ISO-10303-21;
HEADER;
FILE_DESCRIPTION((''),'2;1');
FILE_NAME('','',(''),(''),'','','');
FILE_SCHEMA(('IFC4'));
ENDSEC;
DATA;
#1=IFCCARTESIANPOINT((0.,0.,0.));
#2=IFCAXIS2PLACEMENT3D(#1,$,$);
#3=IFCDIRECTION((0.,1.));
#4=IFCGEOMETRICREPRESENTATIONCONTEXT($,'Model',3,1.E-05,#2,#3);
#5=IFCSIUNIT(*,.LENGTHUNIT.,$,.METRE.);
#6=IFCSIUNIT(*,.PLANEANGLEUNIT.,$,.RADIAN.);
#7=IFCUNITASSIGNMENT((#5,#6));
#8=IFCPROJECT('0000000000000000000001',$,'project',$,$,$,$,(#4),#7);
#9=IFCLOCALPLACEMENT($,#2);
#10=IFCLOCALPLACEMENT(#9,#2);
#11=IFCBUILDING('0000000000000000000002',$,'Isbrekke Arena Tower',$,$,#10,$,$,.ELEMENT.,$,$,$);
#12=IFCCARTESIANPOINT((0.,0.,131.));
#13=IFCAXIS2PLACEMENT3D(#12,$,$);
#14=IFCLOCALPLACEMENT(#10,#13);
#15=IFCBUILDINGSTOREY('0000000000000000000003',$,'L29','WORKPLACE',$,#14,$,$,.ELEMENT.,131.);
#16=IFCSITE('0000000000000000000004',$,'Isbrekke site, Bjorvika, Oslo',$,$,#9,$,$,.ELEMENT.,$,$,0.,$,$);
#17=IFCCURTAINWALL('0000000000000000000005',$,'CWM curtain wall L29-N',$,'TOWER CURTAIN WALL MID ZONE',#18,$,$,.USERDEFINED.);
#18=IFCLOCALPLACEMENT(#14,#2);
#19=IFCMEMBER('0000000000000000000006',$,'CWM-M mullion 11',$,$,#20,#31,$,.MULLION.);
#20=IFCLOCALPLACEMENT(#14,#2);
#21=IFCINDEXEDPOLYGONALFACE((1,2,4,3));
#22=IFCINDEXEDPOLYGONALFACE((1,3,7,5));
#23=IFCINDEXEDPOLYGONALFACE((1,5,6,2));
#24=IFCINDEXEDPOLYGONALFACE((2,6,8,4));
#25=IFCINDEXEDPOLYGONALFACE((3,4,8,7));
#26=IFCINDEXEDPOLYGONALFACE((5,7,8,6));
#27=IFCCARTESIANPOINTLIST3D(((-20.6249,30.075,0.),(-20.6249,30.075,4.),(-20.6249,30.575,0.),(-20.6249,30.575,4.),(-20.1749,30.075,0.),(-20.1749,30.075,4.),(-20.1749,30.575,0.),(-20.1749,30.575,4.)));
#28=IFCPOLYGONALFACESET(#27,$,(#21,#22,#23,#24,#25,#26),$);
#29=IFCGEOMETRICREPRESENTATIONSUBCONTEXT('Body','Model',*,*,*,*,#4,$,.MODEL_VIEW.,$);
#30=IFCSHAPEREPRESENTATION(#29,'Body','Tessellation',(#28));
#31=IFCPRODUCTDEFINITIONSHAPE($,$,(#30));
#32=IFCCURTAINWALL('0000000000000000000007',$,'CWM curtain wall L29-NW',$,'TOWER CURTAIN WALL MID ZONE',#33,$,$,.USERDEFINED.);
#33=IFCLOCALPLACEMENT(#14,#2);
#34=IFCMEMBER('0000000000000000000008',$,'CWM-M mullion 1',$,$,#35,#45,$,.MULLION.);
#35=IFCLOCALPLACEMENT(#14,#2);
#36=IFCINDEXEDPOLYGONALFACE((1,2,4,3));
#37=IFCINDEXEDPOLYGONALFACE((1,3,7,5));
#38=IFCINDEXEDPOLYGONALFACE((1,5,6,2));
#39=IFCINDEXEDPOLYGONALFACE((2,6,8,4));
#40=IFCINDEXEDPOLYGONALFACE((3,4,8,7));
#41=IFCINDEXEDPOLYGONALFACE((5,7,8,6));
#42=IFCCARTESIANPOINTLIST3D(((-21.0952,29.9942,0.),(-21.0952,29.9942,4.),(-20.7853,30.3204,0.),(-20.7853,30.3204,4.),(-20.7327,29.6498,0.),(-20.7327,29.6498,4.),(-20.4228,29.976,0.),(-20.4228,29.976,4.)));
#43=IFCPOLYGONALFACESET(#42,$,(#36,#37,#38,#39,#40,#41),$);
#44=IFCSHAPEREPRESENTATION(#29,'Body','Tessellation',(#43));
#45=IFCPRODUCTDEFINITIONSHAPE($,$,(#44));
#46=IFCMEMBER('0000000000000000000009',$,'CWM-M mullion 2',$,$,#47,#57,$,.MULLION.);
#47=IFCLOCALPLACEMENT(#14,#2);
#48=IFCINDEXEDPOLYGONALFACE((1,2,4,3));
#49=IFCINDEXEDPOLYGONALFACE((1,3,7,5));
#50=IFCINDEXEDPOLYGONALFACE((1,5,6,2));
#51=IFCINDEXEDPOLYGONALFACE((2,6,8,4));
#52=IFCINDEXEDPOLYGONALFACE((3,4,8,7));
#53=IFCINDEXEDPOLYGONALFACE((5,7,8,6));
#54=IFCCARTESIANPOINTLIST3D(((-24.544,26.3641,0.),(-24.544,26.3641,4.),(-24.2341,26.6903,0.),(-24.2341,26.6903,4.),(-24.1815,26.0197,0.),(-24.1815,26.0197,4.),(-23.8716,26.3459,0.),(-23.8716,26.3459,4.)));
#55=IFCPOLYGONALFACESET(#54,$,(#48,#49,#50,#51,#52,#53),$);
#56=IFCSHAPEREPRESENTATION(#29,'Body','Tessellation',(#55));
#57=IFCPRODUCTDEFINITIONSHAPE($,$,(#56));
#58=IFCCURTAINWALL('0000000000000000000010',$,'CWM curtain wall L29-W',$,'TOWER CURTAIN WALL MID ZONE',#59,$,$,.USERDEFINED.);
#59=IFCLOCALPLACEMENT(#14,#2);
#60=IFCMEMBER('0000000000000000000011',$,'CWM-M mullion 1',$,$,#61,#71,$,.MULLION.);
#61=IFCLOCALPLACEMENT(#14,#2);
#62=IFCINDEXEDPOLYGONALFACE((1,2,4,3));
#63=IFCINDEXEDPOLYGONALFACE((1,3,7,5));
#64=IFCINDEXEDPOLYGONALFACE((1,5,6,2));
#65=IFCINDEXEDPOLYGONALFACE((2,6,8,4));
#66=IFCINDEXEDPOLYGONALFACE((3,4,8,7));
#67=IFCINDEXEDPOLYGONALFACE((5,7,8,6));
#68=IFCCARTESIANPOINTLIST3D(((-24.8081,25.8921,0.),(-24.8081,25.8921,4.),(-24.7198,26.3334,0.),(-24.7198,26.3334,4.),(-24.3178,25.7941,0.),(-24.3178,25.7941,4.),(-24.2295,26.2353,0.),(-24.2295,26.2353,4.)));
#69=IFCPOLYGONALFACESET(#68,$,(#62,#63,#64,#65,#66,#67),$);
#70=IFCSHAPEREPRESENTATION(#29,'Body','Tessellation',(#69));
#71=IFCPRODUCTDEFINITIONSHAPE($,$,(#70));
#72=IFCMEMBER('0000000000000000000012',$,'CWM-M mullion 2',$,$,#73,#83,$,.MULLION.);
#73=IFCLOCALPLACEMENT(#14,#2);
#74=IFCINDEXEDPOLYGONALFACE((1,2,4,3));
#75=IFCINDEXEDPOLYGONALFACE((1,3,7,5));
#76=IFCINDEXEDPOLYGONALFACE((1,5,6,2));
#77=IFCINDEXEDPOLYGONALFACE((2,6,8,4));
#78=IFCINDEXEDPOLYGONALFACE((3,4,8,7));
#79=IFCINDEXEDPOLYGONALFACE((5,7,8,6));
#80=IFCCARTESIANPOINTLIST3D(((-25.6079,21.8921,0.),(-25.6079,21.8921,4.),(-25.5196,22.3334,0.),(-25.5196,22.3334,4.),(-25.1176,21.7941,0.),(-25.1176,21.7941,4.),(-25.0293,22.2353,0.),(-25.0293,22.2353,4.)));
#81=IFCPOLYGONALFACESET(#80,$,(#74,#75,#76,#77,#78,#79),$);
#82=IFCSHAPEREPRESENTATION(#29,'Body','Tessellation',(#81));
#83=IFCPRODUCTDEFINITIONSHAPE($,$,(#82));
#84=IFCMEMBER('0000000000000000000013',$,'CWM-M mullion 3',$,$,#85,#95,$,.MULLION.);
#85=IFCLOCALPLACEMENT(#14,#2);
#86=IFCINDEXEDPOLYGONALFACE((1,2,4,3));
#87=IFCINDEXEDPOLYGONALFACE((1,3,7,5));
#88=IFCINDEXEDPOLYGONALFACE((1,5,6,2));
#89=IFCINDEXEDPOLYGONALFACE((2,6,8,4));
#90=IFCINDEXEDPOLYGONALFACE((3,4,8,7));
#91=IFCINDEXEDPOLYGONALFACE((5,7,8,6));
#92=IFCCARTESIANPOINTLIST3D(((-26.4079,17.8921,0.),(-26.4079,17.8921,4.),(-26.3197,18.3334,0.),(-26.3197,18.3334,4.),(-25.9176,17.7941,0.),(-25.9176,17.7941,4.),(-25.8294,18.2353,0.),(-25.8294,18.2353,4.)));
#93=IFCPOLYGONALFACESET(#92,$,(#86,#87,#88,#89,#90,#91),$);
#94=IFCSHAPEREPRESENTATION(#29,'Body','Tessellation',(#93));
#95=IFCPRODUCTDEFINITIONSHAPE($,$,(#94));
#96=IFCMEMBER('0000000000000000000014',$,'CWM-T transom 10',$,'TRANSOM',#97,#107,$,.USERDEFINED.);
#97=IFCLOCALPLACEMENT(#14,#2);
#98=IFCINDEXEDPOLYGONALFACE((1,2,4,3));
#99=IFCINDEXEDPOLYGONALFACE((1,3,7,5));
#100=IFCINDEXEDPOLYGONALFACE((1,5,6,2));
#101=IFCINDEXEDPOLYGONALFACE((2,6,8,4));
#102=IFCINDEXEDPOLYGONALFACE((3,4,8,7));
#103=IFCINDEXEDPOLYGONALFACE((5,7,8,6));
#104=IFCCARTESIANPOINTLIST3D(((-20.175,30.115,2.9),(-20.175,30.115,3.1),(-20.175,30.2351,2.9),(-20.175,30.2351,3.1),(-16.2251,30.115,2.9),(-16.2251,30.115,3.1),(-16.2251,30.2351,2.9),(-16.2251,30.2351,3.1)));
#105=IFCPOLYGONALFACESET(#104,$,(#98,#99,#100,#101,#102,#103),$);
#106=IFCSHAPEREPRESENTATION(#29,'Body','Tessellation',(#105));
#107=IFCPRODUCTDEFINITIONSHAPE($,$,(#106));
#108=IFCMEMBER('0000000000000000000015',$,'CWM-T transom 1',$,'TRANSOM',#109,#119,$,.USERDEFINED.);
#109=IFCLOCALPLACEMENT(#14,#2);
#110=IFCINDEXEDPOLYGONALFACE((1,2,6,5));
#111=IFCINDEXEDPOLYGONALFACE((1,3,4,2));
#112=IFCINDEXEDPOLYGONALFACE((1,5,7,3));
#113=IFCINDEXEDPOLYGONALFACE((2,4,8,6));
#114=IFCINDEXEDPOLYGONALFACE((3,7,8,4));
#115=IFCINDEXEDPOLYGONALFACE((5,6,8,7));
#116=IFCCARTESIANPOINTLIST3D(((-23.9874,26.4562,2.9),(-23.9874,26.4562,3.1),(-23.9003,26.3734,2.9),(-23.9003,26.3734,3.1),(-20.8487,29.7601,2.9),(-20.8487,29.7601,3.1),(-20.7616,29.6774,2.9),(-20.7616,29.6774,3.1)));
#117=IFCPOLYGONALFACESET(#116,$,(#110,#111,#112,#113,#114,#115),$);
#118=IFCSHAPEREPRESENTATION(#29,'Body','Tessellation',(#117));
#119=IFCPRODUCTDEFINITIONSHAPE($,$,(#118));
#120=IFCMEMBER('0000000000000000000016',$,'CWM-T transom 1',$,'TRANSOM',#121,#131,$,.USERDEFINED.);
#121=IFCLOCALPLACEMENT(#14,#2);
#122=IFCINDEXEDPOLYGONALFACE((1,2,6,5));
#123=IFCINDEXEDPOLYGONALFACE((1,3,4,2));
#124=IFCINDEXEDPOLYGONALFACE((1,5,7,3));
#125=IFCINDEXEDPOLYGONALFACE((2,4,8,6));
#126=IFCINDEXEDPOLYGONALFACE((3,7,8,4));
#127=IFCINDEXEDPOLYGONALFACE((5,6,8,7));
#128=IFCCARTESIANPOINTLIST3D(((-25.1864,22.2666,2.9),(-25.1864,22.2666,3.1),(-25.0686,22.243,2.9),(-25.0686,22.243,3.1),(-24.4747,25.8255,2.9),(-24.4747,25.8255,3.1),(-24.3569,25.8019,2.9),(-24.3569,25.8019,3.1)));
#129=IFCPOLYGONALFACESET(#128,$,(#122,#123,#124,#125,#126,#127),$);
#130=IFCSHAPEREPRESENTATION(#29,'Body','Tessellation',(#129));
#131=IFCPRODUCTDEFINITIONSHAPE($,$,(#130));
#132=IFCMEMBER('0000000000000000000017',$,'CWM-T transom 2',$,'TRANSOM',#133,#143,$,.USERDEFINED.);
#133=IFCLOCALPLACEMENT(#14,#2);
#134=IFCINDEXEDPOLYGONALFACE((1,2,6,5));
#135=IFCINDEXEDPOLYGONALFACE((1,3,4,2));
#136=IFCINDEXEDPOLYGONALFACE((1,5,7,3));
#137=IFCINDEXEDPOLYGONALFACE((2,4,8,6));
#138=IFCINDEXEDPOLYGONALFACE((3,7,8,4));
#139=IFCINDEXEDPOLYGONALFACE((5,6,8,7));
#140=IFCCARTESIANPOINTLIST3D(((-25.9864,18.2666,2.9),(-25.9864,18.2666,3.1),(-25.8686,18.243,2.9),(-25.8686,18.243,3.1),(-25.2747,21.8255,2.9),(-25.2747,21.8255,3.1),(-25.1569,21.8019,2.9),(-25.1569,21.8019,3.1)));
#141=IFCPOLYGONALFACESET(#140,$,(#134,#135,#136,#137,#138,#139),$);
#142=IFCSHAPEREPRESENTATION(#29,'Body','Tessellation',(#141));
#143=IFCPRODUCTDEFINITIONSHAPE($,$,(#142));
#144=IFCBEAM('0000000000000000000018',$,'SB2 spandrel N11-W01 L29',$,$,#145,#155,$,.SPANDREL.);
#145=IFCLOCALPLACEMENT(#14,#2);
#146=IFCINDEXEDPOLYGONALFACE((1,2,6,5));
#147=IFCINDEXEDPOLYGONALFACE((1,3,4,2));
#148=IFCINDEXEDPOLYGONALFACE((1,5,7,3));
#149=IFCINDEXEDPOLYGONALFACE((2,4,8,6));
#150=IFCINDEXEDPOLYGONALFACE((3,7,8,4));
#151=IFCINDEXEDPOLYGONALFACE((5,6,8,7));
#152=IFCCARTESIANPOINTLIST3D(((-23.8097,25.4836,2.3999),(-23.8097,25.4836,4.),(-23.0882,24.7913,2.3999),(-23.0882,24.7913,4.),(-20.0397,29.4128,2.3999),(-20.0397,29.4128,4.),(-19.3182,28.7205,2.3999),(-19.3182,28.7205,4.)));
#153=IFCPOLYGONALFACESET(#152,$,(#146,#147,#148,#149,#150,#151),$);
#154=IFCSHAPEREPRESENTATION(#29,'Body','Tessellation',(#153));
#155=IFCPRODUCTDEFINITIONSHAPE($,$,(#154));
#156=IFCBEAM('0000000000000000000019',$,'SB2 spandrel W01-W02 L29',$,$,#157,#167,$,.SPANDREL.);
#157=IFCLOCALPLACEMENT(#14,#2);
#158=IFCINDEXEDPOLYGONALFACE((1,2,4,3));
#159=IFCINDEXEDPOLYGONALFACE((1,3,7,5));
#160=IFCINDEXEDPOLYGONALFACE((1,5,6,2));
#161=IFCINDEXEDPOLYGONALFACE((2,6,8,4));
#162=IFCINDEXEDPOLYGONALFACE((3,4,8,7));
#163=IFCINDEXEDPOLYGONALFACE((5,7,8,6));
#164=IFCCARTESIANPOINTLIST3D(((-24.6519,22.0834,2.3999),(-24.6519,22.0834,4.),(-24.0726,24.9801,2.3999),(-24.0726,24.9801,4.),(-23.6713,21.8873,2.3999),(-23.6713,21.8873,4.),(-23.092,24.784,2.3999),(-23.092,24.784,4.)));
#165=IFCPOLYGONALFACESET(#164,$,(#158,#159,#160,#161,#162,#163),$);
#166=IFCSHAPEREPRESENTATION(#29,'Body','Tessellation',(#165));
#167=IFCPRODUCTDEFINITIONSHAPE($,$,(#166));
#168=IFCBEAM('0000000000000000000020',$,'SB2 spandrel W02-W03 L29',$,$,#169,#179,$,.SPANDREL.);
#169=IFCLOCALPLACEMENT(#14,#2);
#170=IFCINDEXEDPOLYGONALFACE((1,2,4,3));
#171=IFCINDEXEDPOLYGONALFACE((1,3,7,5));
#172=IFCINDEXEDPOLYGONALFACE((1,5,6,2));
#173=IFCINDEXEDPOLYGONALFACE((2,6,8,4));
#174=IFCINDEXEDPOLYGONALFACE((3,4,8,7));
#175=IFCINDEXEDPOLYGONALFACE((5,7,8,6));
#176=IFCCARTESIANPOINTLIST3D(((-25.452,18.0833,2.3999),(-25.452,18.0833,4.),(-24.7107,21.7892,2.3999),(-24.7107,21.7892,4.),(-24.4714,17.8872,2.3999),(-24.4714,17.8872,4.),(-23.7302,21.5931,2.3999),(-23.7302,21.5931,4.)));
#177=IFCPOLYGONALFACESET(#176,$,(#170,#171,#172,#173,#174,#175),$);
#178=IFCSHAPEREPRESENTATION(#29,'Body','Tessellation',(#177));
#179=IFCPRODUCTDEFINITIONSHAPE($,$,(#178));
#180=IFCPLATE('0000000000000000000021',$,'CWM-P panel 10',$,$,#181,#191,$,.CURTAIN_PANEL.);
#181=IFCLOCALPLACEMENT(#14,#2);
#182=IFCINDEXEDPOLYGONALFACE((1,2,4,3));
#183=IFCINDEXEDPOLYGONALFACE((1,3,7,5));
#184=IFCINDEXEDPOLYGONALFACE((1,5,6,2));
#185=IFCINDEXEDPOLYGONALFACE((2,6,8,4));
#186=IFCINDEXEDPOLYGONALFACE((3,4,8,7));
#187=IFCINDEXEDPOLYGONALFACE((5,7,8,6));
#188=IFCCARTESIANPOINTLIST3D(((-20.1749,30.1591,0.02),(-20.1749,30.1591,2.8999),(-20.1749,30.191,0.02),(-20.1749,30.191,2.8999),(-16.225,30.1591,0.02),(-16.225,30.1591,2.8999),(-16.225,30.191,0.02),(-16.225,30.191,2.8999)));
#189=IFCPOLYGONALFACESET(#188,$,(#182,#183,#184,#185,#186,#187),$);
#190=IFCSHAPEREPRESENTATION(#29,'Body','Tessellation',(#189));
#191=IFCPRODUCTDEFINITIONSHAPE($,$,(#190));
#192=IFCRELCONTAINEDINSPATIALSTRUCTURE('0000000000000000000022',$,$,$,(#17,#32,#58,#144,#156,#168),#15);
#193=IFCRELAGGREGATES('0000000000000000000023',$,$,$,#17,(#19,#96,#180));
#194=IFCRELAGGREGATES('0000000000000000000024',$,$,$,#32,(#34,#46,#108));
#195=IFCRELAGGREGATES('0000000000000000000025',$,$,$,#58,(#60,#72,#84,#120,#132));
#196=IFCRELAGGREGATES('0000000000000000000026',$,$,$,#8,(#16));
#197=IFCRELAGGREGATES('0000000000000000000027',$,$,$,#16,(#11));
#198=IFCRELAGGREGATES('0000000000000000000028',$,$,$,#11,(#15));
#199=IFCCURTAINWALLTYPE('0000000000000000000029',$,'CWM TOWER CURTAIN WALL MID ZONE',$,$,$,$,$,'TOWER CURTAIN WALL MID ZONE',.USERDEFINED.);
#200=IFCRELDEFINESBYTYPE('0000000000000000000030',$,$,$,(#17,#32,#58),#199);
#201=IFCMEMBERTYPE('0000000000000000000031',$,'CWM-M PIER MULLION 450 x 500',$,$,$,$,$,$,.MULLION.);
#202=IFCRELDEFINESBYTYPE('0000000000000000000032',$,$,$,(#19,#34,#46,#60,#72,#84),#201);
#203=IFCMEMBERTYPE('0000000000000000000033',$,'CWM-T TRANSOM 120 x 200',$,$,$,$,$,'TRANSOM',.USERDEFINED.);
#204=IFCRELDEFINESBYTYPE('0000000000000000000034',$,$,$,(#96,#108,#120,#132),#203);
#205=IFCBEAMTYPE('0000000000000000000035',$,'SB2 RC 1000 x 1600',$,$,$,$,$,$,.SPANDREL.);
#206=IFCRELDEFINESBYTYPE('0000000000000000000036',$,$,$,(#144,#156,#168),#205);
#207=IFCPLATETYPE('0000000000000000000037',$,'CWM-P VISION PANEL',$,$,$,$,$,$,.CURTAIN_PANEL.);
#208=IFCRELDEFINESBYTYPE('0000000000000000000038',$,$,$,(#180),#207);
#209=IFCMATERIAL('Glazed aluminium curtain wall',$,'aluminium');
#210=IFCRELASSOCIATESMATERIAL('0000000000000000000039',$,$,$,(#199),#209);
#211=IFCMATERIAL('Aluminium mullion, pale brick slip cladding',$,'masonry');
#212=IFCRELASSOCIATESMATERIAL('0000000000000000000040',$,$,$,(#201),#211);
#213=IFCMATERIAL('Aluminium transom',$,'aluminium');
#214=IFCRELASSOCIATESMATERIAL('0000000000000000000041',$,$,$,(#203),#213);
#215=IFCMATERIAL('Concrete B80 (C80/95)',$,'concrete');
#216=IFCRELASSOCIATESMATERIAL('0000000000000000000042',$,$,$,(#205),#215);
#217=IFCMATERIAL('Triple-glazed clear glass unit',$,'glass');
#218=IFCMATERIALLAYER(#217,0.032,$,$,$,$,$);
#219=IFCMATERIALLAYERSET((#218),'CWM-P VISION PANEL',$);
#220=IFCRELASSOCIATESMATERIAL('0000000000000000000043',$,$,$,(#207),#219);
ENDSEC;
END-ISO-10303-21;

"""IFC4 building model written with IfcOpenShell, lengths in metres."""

from ifc_helpers import new_model, si_unit, direction, frame, origin, origin_2d, place, context, subcontext, project, spatial, rectangle, extrude, material, layer, layer_set, material_profile, profile_set, type_object, element, aggregate, save


model = new_model("IFC4")

# Units and contexts
model_context = context("Model", 3, precision=1e-05, world=origin(), true_north=direction((0.0, 1.0)))
body_context = subcontext(model_context, "Body", "Model", "MODEL_VIEW")
ifc_project = project(units=[si_unit("LENGTHUNIT", "METRE"), si_unit("PLANEANGLEUNIT", "RADIAN")], contexts=[model_context])

# Site, building, storey
site_placement = place(None, origin())
site = spatial("IfcSite", under=ifc_project, at=site_placement, Name="Isbrekke site, Bjorvika, Oslo", CompositionType="ELEMENT", RefElevation=0.0)
building_placement = place(site_placement, origin())
building = spatial("IfcBuilding", under=site, at=building_placement, Name="Isbrekke Arena Tower", CompositionType="ELEMENT")
storey_placement = place(building_placement, frame((0.0, 0.0, 131.0)))
storey = spatial("IfcBuildingStorey", under=building, at=storey_placement, Name="L29", Description="WORKPLACE", CompositionType="ELEMENT", Elevation=131.0)

# Curtain wall, member
ifc_material_1 = material(Name="Glazed aluminium curtain wall", Category="aluminium")
curtain_wall_type = type_object("IfcCurtainWallType", Name="CWM TOWER CURTAIN WALL MID ZONE", ElementType="TOWER CURTAIN WALL MID ZONE", PredefinedType="USERDEFINED", material=ifc_material_1)
curtain_wall_1_placement = place(storey_placement, origin())
curtain_wall_1 = element("IfcCurtainWall", 1, at=curtain_wall_1_placement, inside=storey, type_object=curtain_wall_type, Name="CWM curtain wall L29-N", ObjectType="TOWER CURTAIN WALL MID ZONE", PredefinedType="USERDEFINED")
ifc_material_2 = material(Name="Aluminium mullion, pale brick slip cladding", Category="masonry")
ifc_material_profile_1 = material_profile(ifc_material_2, rectangle(XDim=0.45, YDim=0.5, at=origin_2d()), Name="PIER 450X500")
ifc_profile_set_1 = profile_set([ifc_material_profile_1], Name="Aluminium mullion, pale brick slip cladding")
member_type_1 = type_object("IfcMemberType", Name="CWM-M PIER MULLION 450 x 500", PredefinedType="MULLION", material=ifc_profile_set_1)
member_1_placement = place(storey_placement, frame((-20.3999, 30.325, 0.0), z_axis=(0.0, 0.0, 1.0), x_axis=(-1.0, 0.0, 0.0)))
member_1 = element("IfcMember", 2, at=member_1_placement, type_object=member_type_1, Name="CWM-M mullion 11", PredefinedType="MULLION", context=body_context, shape_type="SweptSolid", body=[
    extrude(rectangle(XDim=0.45, YDim=0.5, at=origin_2d()), origin(), (0.0, 0.0, 1.0), 4.0),
])

# Curtain walls, members
curtain_wall_2_placement = place(storey_placement, origin())
curtain_wall_2 = element("IfcCurtainWall", 3, at=curtain_wall_2_placement, inside=storey, type_object=curtain_wall_type, Name="CWM curtain wall L29-NW", ObjectType="TOWER CURTAIN WALL MID ZONE", PredefinedType="USERDEFINED")
member_2_placement = place(storey_placement, frame((-20.759, 29.9851, 0.0), z_axis=(0.0, 0.0, 1.0), x_axis=(-0.688749, -0.724999, 0.0)))
member_2 = element("IfcMember", 4, at=member_2_placement, type_object=member_type_1, Name="CWM-M mullion 1", PredefinedType="MULLION", context=body_context, shape_type="SweptSolid", body=[
    extrude(rectangle(XDim=0.45, YDim=0.5, at=origin_2d()), origin(), (0.0, 0.0, 1.0), 4.0),
])
member_3_placement = place(storey_placement, frame((-24.2078, 26.355, 0.0), z_axis=(0.0, 0.0, 1.0), x_axis=(-0.688749, -0.724999, 0.0)))
member_3 = element("IfcMember", 5, at=member_3_placement, type_object=member_type_1, Name="CWM-M mullion 2", PredefinedType="MULLION", context=body_context, shape_type="SweptSolid", body=[
    extrude(rectangle(XDim=0.45, YDim=0.5, at=origin_2d()), origin(), (0.0, 0.0, 1.0), 4.0),
])
curtain_wall_3_placement = place(storey_placement, origin())
curtain_wall_3 = element("IfcCurtainWall", 6, at=curtain_wall_3_placement, inside=storey, type_object=curtain_wall_type, Name="CWM curtain wall L29-W", ObjectType="TOWER CURTAIN WALL MID ZONE", PredefinedType="USERDEFINED")
member_4_placement = place(storey_placement, frame((-24.5188, 26.0637, 0.0), z_axis=(0.0, 0.0, 1.0), x_axis=(-0.196116, -0.980581, 0.0)))
member_4 = element("IfcMember", 7, at=member_4_placement, type_object=member_type_1, Name="CWM-M mullion 1", PredefinedType="MULLION", context=body_context, shape_type="SweptSolid", body=[
    extrude(rectangle(XDim=0.45, YDim=0.5, at=origin_2d()), origin(), (0.0, 0.0, 1.0), 4.0),
])
member_5_placement = place(storey_placement, frame((-25.3186, 22.0637, 0.0), z_axis=(0.0, 0.0, 1.0), x_axis=(-0.196116, -0.980581, 0.0)))
member_5 = element("IfcMember", 8, at=member_5_placement, type_object=member_type_1, Name="CWM-M mullion 2", PredefinedType="MULLION", context=body_context, shape_type="SweptSolid", body=[
    extrude(rectangle(XDim=0.45, YDim=0.5, at=origin_2d()), origin(), (0.0, 0.0, 1.0), 4.0),
])
member_6_placement = place(storey_placement, frame((-26.1187, 18.0637, 0.0), z_axis=(0.0, 0.0, 1.0), x_axis=(-0.196116, -0.980581, 0.0)))
member_6 = element("IfcMember", 9, at=member_6_placement, type_object=member_type_1, Name="CWM-M mullion 3", PredefinedType="MULLION", context=body_context, shape_type="SweptSolid", body=[
    extrude(rectangle(XDim=0.45, YDim=0.5, at=origin_2d()), origin(), (0.0, 0.0, 1.0), 4.0),
])

# Members
ifc_material_3 = material(Name="Aluminium transom", Category="aluminium")
ifc_material_profile_2 = material_profile(ifc_material_3, rectangle(XDim=0.1201, YDim=0.2, at=origin_2d()), Name="TRANSOM 120X200")
ifc_profile_set_2 = profile_set([ifc_material_profile_2], Name="Aluminium transom")
member_type_2 = type_object("IfcMemberType", Name="CWM-T TRANSOM 120 x 200", ElementType="TRANSOM", PredefinedType="USERDEFINED", material=ifc_profile_set_2)
member_7_placement = place(storey_placement, frame((-16.2251, 30.175, 3.0), z_axis=(-1.0, 0.0, 0.0), x_axis=(0.0, -1.0, 0.0)))
member_7 = element("IfcMember", 10, at=member_7_placement, type_object=member_type_2, Name="CWM-T transom 10", ObjectType="TRANSOM", PredefinedType="USERDEFINED", context=body_context, shape_type="SweptSolid", body=[
    extrude(rectangle(XDim=0.1201, YDim=0.2, at=origin_2d()), origin(), (0.0, 0.0, 1.0), 3.95),
])
member_8_placement = place(storey_placement, frame((-20.8052, 29.7188, 3.0), z_axis=(-0.68874, -0.725009, 0.0), x_axis=(0.725009, -0.68874, 0.0)))
member_8 = element("IfcMember", 11, at=member_8_placement, type_object=member_type_2, Name="CWM-T transom 1", ObjectType="TRANSOM", PredefinedType="USERDEFINED", context=body_context, shape_type="SweptSolid", body=[
    extrude(rectangle(XDim=0.1201, YDim=0.2, at=origin_2d()), origin(), (0.0, 0.0, 1.0), 4.5571),
])
member_9_placement = place(storey_placement, frame((-24.4158, 25.8137, 3.0), z_axis=(-0.19609, -0.980586, 0.0), x_axis=(0.980586, -0.19609, 0.0)))
member_9 = element("IfcMember", 12, at=member_9_placement, type_object=member_type_2, Name="CWM-T transom 1", ObjectType="TRANSOM", PredefinedType="USERDEFINED", context=body_context, shape_type="SweptSolid", body=[
    extrude(rectangle(XDim=0.1201, YDim=0.2, at=origin_2d()), origin(), (0.0, 0.0, 1.0), 3.6294),
])
member_10_placement = place(storey_placement, frame((-25.2158, 21.8137, 3.0), z_axis=(-0.19609, -0.980586, 0.0), x_axis=(0.980586, -0.19609, 0.0)))
member_10 = element("IfcMember", 13, at=member_10_placement, type_object=member_type_2, Name="CWM-T transom 2", ObjectType="TRANSOM", PredefinedType="USERDEFINED", context=body_context, shape_type="SweptSolid", body=[
    extrude(rectangle(XDim=0.1201, YDim=0.2, at=origin_2d()), origin(), (0.0, 0.0, 1.0), 3.6294),
])

# Beams
ifc_material_4 = material(Name="Concrete B80 (C80/95)", Category="concrete")
ifc_material_profile_3 = material_profile(ifc_material_4, rectangle(XDim=1.0, YDim=1.6001, at=origin_2d()), Name="RC 1000x1600")
ifc_profile_set_3 = profile_set([ifc_material_profile_3], Name="Concrete B80 (C80/95)")
beam_type_1 = type_object("IfcBeamType", Name="SB2 RC 1000 x 1600", PredefinedType="SPANDREL", material=ifc_profile_set_3)
beam_1_placement = place(storey_placement, frame((-19.679, 29.0667, 3.2), z_axis=(-0.69234, -0.721572, 0.0), x_axis=(0.721572, -0.69234, 0.0)))
element("IfcBeam", 14, at=beam_1_placement, inside=storey, type_object=beam_type_1, Name="SB2 spandrel N11-W01 L29", PredefinedType="SPANDREL", context=body_context, shape_type="SweptSolid", body=[
    extrude(rectangle(XDim=1.0, YDim=1.6001, at=origin_2d()), origin(), (0.0, 0.0, 1.0), 5.4453),
])
beam_2_placement = place(storey_placement, frame((-23.5823, 24.8821, 3.2), z_axis=(-0.196116, -0.980581, 0.0), x_axis=(0.980581, -0.196116, 0.0)))
element("IfcBeam", 15, at=beam_2_placement, inside=storey, type_object=beam_type_1, Name="SB2 spandrel W01-W02 L29", PredefinedType="SPANDREL", context=body_context, shape_type="SweptSolid", body=[
    extrude(rectangle(XDim=1.0, YDim=1.6001, at=origin_2d()), origin(), (0.0, 0.0, 1.0), 2.9541),
])
beam_3_placement = place(storey_placement, frame((-24.2205, 21.6912, 3.2), z_axis=(-0.196129, -0.980578, 0.0), x_axis=(0.980578, -0.196129, 0.0)))
element("IfcBeam", 16, at=beam_3_placement, inside=storey, type_object=beam_type_1, Name="SB2 spandrel W02-W03 L29", PredefinedType="SPANDREL", context=body_context, shape_type="SweptSolid", body=[
    extrude(rectangle(XDim=1.0, YDim=1.6001, at=origin_2d()), origin(), (0.0, 0.0, 1.0), 3.7793),
])

# Plate
ifc_material_5 = material(Name="Triple-glazed clear glass unit", Category="glass")
ifc_layer_1 = layer(ifc_material_5, 0.032)
ifc_layer_set_1 = layer_set([ifc_layer_1], Name="CWM-P VISION PANEL")
plate_type = type_object("IfcPlateType", Name="CWM-P VISION PANEL", PredefinedType="CURTAIN_PANEL", material=ifc_layer_set_1)
plate_1_placement = place(storey_placement, frame((-18.2, 30.175, 0.02), z_axis=(0.0, 0.0, 1.0), x_axis=(-1.0, 0.0, 0.0)))
plate_1 = element("IfcPlate", 17, at=plate_1_placement, type_object=plate_type, Name="CWM-P panel 10", PredefinedType="CURTAIN_PANEL", context=body_context, shape_type="SweptSolid", body=[
    extrude(rectangle(XDim=3.95, YDim=0.032, at=origin_2d()), origin(), (0.0, 0.0, 1.0), 2.8799),
])
aggregate(curtain_wall_1, [member_1, member_7, plate_1])
aggregate(curtain_wall_2, [member_2, member_3, member_8])
aggregate(curtain_wall_3, [member_4, member_5, member_6, member_9, member_10])

save(model, "model.ifc")
